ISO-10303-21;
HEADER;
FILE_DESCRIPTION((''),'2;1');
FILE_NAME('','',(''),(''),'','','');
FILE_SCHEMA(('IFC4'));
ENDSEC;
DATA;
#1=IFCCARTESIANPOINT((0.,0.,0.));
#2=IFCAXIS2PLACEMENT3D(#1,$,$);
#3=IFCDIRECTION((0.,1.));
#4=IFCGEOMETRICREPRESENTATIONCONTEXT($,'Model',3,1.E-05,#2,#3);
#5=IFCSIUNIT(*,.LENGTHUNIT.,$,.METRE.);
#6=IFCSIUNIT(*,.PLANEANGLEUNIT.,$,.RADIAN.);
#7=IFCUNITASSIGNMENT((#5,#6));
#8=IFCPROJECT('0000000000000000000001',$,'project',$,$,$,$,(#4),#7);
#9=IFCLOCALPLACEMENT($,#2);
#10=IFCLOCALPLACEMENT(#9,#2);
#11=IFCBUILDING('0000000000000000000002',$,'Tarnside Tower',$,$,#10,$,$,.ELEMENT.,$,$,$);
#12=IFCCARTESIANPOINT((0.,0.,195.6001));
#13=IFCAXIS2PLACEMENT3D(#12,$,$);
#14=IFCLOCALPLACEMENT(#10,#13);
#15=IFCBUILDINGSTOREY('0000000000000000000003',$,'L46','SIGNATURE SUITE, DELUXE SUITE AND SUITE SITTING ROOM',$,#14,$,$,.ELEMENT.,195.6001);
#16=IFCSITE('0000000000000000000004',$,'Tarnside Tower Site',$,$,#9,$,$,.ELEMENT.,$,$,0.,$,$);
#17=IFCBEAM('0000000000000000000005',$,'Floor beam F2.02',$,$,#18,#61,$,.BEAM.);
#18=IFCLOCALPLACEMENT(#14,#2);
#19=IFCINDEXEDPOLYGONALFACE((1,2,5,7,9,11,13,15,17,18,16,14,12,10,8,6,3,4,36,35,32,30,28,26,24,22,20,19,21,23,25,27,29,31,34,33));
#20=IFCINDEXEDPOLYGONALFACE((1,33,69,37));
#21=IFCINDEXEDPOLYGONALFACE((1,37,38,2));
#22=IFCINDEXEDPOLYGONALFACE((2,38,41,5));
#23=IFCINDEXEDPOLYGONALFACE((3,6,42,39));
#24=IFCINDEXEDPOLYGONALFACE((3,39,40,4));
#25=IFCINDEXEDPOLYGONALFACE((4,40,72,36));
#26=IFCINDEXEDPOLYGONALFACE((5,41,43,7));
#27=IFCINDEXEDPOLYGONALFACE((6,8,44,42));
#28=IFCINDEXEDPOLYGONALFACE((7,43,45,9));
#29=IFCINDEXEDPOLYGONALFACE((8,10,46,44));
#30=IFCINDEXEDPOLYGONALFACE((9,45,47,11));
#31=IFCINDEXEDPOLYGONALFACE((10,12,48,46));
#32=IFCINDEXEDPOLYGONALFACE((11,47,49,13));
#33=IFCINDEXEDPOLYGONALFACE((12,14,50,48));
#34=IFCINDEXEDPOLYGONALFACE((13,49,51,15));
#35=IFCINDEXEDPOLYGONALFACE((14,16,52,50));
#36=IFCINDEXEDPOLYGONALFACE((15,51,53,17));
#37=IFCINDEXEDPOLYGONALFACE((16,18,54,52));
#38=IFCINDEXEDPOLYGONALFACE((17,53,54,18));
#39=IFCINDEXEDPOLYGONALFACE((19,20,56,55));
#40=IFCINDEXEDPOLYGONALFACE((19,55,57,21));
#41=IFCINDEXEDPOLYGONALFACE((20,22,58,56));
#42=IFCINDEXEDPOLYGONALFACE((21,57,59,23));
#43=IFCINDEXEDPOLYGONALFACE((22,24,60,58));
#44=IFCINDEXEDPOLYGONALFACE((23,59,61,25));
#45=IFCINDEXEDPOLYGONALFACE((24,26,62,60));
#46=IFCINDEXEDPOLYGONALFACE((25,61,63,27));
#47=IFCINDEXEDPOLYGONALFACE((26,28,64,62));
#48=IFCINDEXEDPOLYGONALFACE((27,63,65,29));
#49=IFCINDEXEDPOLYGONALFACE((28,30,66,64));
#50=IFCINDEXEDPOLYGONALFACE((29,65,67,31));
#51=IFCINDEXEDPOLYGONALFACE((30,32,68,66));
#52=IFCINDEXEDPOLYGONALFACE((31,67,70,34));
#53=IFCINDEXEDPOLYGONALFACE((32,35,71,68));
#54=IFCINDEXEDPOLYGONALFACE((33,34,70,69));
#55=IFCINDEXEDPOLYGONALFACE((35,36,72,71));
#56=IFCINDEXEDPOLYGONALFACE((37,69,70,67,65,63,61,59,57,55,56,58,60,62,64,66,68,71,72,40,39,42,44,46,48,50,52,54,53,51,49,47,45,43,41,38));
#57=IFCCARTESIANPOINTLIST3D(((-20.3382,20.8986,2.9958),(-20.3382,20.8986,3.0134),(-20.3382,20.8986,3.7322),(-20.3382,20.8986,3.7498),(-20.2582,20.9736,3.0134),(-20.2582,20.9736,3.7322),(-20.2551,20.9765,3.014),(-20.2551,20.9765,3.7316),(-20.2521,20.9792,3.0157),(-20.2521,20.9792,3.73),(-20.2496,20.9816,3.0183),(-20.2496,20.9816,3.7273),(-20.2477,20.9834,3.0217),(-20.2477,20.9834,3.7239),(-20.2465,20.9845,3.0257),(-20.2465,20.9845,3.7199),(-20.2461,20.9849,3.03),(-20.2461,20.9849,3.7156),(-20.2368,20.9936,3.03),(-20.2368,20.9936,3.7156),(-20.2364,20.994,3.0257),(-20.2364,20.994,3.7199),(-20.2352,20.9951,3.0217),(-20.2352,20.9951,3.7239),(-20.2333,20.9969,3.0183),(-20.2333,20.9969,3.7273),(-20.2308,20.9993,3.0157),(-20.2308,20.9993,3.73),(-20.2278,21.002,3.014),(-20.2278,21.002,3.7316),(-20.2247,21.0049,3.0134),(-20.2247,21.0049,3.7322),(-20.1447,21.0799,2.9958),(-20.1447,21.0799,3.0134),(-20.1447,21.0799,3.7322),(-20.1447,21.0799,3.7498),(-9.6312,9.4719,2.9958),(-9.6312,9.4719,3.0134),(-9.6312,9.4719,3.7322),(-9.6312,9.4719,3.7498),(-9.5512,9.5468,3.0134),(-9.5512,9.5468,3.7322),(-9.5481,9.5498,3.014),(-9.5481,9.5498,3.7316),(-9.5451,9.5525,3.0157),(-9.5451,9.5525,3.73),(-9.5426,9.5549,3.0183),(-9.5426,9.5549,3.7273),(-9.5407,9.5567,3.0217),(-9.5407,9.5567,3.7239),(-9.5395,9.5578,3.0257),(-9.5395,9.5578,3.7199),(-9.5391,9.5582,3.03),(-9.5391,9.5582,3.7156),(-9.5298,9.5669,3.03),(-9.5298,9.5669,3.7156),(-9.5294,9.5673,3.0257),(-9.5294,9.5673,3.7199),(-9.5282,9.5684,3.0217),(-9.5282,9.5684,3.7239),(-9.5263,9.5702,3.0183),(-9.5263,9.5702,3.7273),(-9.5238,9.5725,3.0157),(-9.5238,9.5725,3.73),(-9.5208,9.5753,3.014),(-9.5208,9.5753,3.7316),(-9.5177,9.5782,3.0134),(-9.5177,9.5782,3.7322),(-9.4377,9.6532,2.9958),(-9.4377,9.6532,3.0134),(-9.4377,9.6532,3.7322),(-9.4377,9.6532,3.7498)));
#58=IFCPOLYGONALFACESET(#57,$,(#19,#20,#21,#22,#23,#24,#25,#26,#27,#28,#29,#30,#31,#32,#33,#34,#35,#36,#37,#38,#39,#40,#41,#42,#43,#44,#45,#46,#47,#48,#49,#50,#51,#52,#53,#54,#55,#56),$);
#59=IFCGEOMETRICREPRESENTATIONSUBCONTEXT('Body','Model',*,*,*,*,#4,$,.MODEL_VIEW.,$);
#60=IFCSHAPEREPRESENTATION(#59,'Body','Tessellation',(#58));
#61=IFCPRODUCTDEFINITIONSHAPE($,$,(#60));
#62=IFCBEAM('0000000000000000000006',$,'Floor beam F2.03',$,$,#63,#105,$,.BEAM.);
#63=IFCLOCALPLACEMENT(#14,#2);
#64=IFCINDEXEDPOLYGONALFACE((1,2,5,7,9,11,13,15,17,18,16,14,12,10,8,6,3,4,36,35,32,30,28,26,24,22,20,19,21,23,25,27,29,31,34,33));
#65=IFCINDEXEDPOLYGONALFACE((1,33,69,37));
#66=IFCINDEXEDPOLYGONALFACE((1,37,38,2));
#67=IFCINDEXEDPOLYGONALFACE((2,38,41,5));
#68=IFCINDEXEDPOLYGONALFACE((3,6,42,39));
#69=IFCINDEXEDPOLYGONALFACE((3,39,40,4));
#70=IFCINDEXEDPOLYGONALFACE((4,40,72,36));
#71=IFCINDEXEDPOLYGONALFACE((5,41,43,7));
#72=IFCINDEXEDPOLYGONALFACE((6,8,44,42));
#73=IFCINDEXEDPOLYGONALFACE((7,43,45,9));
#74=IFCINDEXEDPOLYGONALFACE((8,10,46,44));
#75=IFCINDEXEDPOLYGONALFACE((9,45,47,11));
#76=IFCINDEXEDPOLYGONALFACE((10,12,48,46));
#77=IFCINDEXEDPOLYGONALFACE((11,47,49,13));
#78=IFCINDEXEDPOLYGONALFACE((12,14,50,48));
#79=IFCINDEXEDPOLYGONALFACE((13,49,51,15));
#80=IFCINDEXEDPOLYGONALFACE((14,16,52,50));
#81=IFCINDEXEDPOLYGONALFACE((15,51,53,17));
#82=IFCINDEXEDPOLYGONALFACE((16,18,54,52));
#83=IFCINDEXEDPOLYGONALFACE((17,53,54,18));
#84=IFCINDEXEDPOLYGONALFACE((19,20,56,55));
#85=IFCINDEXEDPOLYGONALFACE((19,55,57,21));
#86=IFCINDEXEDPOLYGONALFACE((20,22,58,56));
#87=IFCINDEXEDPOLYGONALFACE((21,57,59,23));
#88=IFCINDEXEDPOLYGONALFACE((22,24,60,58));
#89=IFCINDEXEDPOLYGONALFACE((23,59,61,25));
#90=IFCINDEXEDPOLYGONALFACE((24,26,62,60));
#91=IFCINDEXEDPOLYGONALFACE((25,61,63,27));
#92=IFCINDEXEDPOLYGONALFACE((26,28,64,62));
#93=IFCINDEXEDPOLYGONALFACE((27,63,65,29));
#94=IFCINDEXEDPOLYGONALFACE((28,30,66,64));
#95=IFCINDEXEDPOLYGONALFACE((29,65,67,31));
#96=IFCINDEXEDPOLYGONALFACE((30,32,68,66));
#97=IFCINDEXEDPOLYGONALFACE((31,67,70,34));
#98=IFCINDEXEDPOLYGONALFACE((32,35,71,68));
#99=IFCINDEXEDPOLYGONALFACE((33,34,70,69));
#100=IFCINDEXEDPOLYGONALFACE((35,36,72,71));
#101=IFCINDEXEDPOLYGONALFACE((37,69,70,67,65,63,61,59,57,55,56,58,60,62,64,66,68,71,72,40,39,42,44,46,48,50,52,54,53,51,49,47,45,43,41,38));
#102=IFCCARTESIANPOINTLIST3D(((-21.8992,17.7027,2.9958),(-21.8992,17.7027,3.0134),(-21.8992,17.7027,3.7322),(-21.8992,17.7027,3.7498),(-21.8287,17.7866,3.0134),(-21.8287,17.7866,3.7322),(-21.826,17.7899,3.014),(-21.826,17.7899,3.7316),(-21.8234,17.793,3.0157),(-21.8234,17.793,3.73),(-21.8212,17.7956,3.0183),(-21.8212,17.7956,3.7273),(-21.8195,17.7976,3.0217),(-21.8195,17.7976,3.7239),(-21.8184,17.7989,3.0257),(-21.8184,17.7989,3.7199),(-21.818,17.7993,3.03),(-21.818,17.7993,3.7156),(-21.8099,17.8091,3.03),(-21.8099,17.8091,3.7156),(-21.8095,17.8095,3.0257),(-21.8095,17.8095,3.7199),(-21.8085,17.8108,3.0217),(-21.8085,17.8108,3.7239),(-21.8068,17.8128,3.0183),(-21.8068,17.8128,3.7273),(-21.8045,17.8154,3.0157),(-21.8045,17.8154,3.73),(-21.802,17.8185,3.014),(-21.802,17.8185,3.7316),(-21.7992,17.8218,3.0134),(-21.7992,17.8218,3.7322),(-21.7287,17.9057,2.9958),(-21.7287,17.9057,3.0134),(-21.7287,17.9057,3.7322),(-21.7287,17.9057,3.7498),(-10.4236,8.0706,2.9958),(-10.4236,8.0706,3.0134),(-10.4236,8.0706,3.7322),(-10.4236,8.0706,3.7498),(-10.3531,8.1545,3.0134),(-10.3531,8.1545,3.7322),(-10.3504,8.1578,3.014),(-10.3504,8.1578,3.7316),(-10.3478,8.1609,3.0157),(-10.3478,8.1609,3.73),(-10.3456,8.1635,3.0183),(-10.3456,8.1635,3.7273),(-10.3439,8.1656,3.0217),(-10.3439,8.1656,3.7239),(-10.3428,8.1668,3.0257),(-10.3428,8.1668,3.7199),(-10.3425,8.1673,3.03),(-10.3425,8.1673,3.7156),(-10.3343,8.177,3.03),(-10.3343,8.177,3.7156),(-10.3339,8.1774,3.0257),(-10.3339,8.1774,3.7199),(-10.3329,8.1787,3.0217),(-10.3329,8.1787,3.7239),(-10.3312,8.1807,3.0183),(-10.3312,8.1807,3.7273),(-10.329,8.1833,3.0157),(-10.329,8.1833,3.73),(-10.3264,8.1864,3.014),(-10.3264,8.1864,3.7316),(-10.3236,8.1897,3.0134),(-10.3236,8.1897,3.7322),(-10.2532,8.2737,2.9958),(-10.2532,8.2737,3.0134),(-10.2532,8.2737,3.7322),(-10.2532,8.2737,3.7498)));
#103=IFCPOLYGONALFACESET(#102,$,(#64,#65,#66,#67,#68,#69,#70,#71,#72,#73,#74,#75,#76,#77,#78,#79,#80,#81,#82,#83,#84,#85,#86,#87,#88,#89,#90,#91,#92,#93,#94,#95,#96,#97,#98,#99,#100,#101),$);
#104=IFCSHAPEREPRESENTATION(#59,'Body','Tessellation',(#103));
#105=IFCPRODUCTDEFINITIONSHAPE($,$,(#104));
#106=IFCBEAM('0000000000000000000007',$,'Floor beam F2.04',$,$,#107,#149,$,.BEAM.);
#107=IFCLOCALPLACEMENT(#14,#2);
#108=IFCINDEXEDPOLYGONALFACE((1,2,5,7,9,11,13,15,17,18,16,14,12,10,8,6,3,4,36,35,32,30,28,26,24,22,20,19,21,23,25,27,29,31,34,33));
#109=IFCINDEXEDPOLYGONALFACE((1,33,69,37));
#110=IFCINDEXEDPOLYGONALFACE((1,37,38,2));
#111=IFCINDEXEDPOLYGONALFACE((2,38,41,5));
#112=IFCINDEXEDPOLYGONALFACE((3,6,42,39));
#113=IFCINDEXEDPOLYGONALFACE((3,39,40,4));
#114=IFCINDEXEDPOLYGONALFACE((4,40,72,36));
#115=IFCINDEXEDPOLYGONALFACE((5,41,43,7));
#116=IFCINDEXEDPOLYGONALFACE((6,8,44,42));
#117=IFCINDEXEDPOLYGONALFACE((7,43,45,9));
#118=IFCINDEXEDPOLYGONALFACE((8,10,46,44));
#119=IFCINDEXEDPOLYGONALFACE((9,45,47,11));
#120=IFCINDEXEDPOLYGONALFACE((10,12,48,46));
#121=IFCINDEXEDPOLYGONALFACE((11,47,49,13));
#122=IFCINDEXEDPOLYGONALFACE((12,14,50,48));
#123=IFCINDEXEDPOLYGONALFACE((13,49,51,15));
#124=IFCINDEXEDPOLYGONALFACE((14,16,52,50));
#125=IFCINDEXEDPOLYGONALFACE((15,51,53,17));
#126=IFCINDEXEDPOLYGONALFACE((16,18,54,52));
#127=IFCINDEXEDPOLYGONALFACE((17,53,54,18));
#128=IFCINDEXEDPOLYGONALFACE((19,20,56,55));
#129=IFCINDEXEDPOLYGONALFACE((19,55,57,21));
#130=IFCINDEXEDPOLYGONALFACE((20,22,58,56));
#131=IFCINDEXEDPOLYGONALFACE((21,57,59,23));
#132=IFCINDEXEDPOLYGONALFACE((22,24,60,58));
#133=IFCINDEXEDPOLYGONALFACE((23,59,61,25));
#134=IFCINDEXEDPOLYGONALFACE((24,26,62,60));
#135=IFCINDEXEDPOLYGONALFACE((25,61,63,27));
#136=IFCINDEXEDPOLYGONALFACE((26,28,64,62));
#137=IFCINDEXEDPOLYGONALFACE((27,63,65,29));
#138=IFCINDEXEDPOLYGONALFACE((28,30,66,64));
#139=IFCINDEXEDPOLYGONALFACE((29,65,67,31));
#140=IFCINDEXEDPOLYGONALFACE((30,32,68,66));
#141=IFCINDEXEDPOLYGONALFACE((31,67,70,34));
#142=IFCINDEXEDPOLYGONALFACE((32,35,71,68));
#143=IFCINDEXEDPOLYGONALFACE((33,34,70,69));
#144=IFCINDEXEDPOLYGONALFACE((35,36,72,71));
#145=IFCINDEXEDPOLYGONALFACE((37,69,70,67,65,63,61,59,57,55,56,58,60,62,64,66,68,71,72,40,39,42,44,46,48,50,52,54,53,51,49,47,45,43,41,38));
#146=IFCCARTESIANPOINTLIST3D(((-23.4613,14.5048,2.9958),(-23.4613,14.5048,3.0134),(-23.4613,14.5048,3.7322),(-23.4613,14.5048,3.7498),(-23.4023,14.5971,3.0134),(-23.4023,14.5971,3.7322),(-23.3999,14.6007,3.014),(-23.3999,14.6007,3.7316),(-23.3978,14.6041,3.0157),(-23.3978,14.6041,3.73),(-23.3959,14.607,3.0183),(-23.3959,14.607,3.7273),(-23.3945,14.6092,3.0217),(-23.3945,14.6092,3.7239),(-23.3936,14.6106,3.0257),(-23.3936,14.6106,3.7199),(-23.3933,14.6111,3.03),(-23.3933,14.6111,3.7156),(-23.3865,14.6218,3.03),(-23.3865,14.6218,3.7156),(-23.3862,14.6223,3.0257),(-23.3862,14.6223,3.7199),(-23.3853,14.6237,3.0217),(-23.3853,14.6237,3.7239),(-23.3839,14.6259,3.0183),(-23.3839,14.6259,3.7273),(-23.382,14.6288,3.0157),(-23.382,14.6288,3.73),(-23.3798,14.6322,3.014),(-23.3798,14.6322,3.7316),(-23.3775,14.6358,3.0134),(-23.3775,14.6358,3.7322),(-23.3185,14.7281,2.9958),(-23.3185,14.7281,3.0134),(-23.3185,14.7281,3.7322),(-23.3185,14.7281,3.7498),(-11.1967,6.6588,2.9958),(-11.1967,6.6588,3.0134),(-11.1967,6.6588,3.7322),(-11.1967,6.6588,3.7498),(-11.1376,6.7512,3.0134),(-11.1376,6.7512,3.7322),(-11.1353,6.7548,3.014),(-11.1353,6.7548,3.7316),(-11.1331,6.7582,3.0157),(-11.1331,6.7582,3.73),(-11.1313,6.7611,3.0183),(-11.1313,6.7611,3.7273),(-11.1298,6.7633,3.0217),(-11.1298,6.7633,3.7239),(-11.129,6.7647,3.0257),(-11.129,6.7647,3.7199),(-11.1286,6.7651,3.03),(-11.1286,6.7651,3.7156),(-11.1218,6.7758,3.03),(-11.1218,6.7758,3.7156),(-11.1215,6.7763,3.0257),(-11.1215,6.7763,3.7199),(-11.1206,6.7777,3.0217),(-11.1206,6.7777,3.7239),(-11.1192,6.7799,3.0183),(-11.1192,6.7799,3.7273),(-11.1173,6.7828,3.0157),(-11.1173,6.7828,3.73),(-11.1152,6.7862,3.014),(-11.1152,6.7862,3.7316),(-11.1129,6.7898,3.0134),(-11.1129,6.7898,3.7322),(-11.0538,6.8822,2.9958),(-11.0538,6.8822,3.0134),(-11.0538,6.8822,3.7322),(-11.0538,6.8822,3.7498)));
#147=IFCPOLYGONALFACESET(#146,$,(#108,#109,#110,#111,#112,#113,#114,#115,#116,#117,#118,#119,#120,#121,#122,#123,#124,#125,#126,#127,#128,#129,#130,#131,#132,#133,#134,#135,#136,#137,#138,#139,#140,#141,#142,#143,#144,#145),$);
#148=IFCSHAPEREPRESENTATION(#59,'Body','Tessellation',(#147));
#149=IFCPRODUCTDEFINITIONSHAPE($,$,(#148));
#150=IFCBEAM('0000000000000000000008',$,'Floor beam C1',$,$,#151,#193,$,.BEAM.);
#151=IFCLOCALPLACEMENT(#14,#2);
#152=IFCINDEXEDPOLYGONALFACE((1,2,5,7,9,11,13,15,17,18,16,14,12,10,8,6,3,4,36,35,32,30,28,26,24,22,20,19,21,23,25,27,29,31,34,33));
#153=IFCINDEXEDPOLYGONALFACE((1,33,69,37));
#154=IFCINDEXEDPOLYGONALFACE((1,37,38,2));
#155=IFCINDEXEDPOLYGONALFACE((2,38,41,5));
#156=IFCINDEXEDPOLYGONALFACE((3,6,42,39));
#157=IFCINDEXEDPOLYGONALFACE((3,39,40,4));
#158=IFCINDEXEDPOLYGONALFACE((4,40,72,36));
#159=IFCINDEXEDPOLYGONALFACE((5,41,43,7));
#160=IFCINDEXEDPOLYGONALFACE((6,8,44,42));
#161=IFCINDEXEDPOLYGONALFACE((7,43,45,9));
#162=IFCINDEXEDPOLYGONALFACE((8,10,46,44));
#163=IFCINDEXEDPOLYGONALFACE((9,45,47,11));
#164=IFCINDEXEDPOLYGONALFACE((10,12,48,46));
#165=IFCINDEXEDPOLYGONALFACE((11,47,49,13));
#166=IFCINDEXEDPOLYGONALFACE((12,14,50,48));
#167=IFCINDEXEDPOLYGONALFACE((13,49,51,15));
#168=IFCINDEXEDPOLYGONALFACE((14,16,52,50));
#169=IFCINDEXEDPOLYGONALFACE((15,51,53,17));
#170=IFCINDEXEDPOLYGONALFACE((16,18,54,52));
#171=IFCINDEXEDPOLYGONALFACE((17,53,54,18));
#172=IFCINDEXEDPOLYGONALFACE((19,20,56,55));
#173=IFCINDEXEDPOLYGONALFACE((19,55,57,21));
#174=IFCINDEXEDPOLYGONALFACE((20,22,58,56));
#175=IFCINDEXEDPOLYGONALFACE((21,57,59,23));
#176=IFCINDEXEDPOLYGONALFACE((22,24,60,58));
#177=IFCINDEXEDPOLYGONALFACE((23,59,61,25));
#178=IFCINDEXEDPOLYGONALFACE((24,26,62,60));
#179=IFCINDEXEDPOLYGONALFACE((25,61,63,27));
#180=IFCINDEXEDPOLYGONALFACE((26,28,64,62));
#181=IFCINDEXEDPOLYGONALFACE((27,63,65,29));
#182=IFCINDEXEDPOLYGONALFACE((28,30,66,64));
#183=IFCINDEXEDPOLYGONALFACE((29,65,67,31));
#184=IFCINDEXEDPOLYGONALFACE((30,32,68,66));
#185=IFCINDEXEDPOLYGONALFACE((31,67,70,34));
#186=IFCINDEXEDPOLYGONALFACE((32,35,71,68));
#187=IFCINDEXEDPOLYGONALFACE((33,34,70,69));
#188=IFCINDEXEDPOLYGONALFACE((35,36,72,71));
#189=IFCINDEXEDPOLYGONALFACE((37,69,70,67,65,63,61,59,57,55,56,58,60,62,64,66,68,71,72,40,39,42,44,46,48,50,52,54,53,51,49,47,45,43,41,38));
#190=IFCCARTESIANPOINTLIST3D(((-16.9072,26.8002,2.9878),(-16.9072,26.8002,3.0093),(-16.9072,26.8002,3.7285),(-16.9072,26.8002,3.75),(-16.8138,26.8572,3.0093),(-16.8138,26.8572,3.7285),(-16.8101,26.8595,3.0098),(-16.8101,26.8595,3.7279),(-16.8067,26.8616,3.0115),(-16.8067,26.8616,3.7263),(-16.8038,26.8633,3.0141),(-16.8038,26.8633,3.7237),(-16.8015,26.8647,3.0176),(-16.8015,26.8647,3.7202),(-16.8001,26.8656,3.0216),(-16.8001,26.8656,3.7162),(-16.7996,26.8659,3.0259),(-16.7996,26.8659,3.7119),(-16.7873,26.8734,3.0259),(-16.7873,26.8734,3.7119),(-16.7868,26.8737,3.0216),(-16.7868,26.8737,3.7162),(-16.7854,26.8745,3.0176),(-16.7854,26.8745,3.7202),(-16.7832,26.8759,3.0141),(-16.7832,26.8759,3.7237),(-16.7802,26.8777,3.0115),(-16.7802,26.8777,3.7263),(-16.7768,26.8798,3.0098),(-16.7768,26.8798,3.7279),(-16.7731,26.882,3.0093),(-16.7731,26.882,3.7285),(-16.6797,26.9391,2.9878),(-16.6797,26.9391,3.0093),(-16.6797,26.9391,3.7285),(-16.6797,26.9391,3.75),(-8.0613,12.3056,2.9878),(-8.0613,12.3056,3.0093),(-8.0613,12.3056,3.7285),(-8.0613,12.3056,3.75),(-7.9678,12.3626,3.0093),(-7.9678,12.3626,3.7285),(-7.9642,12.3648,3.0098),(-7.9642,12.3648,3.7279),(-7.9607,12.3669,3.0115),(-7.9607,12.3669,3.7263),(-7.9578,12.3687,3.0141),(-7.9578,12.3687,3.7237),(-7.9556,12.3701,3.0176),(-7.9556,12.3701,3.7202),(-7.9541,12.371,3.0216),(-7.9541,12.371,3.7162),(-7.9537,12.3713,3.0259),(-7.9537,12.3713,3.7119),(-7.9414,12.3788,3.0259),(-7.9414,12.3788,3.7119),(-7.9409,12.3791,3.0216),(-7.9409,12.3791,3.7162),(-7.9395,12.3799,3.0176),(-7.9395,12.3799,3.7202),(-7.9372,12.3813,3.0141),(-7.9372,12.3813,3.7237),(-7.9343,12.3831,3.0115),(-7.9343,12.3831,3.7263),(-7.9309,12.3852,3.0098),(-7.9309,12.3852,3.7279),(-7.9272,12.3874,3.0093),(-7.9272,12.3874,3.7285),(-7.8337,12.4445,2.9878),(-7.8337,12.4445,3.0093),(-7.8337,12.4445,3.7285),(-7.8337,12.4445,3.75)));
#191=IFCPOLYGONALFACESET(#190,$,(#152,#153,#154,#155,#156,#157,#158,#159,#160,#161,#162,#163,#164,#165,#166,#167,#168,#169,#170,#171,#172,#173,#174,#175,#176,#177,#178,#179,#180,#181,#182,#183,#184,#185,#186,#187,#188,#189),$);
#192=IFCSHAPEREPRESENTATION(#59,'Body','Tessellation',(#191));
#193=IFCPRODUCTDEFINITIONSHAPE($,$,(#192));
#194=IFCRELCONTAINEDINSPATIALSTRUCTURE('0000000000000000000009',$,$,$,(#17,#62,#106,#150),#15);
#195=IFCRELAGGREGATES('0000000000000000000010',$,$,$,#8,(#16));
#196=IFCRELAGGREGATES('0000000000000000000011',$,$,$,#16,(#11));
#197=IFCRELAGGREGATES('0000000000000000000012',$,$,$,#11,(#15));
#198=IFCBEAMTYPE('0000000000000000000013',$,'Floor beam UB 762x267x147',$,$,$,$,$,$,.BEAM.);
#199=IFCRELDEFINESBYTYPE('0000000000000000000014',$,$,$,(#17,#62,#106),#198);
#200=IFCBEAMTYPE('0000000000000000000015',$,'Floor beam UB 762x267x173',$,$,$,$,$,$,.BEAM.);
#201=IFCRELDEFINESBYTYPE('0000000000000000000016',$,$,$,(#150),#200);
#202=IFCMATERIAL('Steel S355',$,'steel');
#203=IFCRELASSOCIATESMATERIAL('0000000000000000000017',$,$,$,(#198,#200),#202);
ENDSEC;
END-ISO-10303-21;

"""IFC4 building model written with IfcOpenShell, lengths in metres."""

from ifc_helpers import new_model, si_unit, direction, frame, origin, origin_2d, place, context, subcontext, project, spatial, i_section, extrude, material, material_profile, profile_set, type_object, element, save


model = new_model("IFC4")

# Units and contexts
model_context = context("Model", 3, precision=1e-05, world=origin(), true_north=direction((0.0, 1.0)))
body_context = subcontext(model_context, "Body", "Model", "MODEL_VIEW")
ifc_project = project(units=[si_unit("LENGTHUNIT", "METRE"), si_unit("PLANEANGLEUNIT", "RADIAN")], contexts=[model_context])

# Site, building, storey
site_placement = place(None, origin())
site = spatial("IfcSite", under=ifc_project, at=site_placement, Name="Tarnside Tower Site", CompositionType="ELEMENT", RefElevation=0.0)
building_placement = place(site_placement, origin())
building = spatial("IfcBuilding", under=site, at=building_placement, Name="Tarnside Tower", CompositionType="ELEMENT")
storey_placement = place(building_placement, frame((0.0, 0.0, 195.6001)))
storey = spatial("IfcBuildingStorey", under=building, at=storey_placement, Name="L46", Description="SIGNATURE SUITE, DELUXE SUITE AND SUITE SITTING ROOM", CompositionType="ELEMENT", Elevation=195.6001)

# Beams
ifc_material_1 = material(Name="Steel S355", Category="steel")
ifc_material_profile_1 = material_profile(ifc_material_1, i_section(OverallWidth=0.2651, OverallDepth=0.7539, WebThickness=0.0127, FlangeThickness=0.0176, FilletRadius=0.0166, at=origin_2d()), Name="UB 762x267x147")
ifc_profile_set_1 = profile_set([ifc_material_profile_1], Name="Steel S355")
beam_type_1 = type_object("IfcBeamType", Name="Floor beam UB 762x267x147", PredefinedType="BEAM", material=ifc_profile_set_1)
beam_1_placement = place(storey_placement, frame((-20.2415, 20.9893, 3.3728), z_axis=(0.683752, -0.729714, 0.0), x_axis=(0.729714, 0.683752, 0.0)))
element("IfcBeam", 1, at=beam_1_placement, inside=storey, type_object=beam_type_1, Name="Floor beam F2.02", PredefinedType="BEAM", context=body_context, shape_type="SweptSolid", body=[
    extrude(i_section(OverallWidth=0.2651, OverallDepth=0.7539, WebThickness=0.0127, FlangeThickness=0.0176, FilletRadius=0.0166, at=origin_2d()), origin(), (0.0, 0.0, 1.0), 15.6592),
])
beam_2_placement = place(storey_placement, frame((-21.814, 17.8042, 3.3728), z_axis=(0.765948, -0.642902, 0.0), x_axis=(0.642902, 0.765948, 0.0)))
element("IfcBeam", 2, at=beam_2_placement, inside=storey, type_object=beam_type_1, Name="Floor beam F2.03", PredefinedType="BEAM", context=body_context, shape_type="SweptSolid", body=[
    extrude(i_section(OverallWidth=0.2651, OverallDepth=0.7539, WebThickness=0.0127, FlangeThickness=0.0176, FilletRadius=0.0166, at=origin_2d()), origin(), (0.0, 0.0, 1.0), 14.9822),
])
beam_3_placement = place(storey_placement, frame((-23.3899, 14.6165, 3.3728), z_axis=(0.842378, -0.538887, 0.0), x_axis=(0.538887, 0.842378, 0.0)))
element("IfcBeam", 3, at=beam_3_placement, inside=storey, type_object=beam_type_1, Name="Floor beam F2.04", PredefinedType="BEAM", context=body_context, shape_type="SweptSolid", body=[
    extrude(i_section(OverallWidth=0.2651, OverallDepth=0.7539, WebThickness=0.0127, FlangeThickness=0.0176, FilletRadius=0.0166, at=origin_2d()), origin(), (0.0, 0.0, 1.0), 14.5596),
])
ifc_material_profile_2 = material_profile(ifc_material_1, i_section(OverallWidth=0.2666, OverallDepth=0.7622, WebThickness=0.0144, FlangeThickness=0.0215, FilletRadius=0.0166, at=origin_2d()), Name="UB 762x267x173")
ifc_profile_set_2 = profile_set([ifc_material_profile_2], Name="Steel S355")
beam_type_2 = type_object("IfcBeamType", Name="Floor beam UB 762x267x173", PredefinedType="BEAM", material=ifc_profile_set_2)
beam_4_placement = place(storey_placement, frame((-16.7935, 26.8696, 3.3689), z_axis=(0.52094, -0.853593, 0.0), x_axis=(0.853593, 0.52094, 0.0)))
element("IfcBeam", 4, at=beam_4_placement, inside=storey, type_object=beam_type_2, Name="Floor beam C1", PredefinedType="BEAM", context=body_context, shape_type="SweptSolid", body=[
    extrude(i_section(OverallWidth=0.2666, OverallDepth=0.7622, WebThickness=0.0144, FlangeThickness=0.0215, FilletRadius=0.0166, at=origin_2d()), origin(), (0.0, 0.0, 1.0), 16.9807),
])

save(model, "model.ifc")
